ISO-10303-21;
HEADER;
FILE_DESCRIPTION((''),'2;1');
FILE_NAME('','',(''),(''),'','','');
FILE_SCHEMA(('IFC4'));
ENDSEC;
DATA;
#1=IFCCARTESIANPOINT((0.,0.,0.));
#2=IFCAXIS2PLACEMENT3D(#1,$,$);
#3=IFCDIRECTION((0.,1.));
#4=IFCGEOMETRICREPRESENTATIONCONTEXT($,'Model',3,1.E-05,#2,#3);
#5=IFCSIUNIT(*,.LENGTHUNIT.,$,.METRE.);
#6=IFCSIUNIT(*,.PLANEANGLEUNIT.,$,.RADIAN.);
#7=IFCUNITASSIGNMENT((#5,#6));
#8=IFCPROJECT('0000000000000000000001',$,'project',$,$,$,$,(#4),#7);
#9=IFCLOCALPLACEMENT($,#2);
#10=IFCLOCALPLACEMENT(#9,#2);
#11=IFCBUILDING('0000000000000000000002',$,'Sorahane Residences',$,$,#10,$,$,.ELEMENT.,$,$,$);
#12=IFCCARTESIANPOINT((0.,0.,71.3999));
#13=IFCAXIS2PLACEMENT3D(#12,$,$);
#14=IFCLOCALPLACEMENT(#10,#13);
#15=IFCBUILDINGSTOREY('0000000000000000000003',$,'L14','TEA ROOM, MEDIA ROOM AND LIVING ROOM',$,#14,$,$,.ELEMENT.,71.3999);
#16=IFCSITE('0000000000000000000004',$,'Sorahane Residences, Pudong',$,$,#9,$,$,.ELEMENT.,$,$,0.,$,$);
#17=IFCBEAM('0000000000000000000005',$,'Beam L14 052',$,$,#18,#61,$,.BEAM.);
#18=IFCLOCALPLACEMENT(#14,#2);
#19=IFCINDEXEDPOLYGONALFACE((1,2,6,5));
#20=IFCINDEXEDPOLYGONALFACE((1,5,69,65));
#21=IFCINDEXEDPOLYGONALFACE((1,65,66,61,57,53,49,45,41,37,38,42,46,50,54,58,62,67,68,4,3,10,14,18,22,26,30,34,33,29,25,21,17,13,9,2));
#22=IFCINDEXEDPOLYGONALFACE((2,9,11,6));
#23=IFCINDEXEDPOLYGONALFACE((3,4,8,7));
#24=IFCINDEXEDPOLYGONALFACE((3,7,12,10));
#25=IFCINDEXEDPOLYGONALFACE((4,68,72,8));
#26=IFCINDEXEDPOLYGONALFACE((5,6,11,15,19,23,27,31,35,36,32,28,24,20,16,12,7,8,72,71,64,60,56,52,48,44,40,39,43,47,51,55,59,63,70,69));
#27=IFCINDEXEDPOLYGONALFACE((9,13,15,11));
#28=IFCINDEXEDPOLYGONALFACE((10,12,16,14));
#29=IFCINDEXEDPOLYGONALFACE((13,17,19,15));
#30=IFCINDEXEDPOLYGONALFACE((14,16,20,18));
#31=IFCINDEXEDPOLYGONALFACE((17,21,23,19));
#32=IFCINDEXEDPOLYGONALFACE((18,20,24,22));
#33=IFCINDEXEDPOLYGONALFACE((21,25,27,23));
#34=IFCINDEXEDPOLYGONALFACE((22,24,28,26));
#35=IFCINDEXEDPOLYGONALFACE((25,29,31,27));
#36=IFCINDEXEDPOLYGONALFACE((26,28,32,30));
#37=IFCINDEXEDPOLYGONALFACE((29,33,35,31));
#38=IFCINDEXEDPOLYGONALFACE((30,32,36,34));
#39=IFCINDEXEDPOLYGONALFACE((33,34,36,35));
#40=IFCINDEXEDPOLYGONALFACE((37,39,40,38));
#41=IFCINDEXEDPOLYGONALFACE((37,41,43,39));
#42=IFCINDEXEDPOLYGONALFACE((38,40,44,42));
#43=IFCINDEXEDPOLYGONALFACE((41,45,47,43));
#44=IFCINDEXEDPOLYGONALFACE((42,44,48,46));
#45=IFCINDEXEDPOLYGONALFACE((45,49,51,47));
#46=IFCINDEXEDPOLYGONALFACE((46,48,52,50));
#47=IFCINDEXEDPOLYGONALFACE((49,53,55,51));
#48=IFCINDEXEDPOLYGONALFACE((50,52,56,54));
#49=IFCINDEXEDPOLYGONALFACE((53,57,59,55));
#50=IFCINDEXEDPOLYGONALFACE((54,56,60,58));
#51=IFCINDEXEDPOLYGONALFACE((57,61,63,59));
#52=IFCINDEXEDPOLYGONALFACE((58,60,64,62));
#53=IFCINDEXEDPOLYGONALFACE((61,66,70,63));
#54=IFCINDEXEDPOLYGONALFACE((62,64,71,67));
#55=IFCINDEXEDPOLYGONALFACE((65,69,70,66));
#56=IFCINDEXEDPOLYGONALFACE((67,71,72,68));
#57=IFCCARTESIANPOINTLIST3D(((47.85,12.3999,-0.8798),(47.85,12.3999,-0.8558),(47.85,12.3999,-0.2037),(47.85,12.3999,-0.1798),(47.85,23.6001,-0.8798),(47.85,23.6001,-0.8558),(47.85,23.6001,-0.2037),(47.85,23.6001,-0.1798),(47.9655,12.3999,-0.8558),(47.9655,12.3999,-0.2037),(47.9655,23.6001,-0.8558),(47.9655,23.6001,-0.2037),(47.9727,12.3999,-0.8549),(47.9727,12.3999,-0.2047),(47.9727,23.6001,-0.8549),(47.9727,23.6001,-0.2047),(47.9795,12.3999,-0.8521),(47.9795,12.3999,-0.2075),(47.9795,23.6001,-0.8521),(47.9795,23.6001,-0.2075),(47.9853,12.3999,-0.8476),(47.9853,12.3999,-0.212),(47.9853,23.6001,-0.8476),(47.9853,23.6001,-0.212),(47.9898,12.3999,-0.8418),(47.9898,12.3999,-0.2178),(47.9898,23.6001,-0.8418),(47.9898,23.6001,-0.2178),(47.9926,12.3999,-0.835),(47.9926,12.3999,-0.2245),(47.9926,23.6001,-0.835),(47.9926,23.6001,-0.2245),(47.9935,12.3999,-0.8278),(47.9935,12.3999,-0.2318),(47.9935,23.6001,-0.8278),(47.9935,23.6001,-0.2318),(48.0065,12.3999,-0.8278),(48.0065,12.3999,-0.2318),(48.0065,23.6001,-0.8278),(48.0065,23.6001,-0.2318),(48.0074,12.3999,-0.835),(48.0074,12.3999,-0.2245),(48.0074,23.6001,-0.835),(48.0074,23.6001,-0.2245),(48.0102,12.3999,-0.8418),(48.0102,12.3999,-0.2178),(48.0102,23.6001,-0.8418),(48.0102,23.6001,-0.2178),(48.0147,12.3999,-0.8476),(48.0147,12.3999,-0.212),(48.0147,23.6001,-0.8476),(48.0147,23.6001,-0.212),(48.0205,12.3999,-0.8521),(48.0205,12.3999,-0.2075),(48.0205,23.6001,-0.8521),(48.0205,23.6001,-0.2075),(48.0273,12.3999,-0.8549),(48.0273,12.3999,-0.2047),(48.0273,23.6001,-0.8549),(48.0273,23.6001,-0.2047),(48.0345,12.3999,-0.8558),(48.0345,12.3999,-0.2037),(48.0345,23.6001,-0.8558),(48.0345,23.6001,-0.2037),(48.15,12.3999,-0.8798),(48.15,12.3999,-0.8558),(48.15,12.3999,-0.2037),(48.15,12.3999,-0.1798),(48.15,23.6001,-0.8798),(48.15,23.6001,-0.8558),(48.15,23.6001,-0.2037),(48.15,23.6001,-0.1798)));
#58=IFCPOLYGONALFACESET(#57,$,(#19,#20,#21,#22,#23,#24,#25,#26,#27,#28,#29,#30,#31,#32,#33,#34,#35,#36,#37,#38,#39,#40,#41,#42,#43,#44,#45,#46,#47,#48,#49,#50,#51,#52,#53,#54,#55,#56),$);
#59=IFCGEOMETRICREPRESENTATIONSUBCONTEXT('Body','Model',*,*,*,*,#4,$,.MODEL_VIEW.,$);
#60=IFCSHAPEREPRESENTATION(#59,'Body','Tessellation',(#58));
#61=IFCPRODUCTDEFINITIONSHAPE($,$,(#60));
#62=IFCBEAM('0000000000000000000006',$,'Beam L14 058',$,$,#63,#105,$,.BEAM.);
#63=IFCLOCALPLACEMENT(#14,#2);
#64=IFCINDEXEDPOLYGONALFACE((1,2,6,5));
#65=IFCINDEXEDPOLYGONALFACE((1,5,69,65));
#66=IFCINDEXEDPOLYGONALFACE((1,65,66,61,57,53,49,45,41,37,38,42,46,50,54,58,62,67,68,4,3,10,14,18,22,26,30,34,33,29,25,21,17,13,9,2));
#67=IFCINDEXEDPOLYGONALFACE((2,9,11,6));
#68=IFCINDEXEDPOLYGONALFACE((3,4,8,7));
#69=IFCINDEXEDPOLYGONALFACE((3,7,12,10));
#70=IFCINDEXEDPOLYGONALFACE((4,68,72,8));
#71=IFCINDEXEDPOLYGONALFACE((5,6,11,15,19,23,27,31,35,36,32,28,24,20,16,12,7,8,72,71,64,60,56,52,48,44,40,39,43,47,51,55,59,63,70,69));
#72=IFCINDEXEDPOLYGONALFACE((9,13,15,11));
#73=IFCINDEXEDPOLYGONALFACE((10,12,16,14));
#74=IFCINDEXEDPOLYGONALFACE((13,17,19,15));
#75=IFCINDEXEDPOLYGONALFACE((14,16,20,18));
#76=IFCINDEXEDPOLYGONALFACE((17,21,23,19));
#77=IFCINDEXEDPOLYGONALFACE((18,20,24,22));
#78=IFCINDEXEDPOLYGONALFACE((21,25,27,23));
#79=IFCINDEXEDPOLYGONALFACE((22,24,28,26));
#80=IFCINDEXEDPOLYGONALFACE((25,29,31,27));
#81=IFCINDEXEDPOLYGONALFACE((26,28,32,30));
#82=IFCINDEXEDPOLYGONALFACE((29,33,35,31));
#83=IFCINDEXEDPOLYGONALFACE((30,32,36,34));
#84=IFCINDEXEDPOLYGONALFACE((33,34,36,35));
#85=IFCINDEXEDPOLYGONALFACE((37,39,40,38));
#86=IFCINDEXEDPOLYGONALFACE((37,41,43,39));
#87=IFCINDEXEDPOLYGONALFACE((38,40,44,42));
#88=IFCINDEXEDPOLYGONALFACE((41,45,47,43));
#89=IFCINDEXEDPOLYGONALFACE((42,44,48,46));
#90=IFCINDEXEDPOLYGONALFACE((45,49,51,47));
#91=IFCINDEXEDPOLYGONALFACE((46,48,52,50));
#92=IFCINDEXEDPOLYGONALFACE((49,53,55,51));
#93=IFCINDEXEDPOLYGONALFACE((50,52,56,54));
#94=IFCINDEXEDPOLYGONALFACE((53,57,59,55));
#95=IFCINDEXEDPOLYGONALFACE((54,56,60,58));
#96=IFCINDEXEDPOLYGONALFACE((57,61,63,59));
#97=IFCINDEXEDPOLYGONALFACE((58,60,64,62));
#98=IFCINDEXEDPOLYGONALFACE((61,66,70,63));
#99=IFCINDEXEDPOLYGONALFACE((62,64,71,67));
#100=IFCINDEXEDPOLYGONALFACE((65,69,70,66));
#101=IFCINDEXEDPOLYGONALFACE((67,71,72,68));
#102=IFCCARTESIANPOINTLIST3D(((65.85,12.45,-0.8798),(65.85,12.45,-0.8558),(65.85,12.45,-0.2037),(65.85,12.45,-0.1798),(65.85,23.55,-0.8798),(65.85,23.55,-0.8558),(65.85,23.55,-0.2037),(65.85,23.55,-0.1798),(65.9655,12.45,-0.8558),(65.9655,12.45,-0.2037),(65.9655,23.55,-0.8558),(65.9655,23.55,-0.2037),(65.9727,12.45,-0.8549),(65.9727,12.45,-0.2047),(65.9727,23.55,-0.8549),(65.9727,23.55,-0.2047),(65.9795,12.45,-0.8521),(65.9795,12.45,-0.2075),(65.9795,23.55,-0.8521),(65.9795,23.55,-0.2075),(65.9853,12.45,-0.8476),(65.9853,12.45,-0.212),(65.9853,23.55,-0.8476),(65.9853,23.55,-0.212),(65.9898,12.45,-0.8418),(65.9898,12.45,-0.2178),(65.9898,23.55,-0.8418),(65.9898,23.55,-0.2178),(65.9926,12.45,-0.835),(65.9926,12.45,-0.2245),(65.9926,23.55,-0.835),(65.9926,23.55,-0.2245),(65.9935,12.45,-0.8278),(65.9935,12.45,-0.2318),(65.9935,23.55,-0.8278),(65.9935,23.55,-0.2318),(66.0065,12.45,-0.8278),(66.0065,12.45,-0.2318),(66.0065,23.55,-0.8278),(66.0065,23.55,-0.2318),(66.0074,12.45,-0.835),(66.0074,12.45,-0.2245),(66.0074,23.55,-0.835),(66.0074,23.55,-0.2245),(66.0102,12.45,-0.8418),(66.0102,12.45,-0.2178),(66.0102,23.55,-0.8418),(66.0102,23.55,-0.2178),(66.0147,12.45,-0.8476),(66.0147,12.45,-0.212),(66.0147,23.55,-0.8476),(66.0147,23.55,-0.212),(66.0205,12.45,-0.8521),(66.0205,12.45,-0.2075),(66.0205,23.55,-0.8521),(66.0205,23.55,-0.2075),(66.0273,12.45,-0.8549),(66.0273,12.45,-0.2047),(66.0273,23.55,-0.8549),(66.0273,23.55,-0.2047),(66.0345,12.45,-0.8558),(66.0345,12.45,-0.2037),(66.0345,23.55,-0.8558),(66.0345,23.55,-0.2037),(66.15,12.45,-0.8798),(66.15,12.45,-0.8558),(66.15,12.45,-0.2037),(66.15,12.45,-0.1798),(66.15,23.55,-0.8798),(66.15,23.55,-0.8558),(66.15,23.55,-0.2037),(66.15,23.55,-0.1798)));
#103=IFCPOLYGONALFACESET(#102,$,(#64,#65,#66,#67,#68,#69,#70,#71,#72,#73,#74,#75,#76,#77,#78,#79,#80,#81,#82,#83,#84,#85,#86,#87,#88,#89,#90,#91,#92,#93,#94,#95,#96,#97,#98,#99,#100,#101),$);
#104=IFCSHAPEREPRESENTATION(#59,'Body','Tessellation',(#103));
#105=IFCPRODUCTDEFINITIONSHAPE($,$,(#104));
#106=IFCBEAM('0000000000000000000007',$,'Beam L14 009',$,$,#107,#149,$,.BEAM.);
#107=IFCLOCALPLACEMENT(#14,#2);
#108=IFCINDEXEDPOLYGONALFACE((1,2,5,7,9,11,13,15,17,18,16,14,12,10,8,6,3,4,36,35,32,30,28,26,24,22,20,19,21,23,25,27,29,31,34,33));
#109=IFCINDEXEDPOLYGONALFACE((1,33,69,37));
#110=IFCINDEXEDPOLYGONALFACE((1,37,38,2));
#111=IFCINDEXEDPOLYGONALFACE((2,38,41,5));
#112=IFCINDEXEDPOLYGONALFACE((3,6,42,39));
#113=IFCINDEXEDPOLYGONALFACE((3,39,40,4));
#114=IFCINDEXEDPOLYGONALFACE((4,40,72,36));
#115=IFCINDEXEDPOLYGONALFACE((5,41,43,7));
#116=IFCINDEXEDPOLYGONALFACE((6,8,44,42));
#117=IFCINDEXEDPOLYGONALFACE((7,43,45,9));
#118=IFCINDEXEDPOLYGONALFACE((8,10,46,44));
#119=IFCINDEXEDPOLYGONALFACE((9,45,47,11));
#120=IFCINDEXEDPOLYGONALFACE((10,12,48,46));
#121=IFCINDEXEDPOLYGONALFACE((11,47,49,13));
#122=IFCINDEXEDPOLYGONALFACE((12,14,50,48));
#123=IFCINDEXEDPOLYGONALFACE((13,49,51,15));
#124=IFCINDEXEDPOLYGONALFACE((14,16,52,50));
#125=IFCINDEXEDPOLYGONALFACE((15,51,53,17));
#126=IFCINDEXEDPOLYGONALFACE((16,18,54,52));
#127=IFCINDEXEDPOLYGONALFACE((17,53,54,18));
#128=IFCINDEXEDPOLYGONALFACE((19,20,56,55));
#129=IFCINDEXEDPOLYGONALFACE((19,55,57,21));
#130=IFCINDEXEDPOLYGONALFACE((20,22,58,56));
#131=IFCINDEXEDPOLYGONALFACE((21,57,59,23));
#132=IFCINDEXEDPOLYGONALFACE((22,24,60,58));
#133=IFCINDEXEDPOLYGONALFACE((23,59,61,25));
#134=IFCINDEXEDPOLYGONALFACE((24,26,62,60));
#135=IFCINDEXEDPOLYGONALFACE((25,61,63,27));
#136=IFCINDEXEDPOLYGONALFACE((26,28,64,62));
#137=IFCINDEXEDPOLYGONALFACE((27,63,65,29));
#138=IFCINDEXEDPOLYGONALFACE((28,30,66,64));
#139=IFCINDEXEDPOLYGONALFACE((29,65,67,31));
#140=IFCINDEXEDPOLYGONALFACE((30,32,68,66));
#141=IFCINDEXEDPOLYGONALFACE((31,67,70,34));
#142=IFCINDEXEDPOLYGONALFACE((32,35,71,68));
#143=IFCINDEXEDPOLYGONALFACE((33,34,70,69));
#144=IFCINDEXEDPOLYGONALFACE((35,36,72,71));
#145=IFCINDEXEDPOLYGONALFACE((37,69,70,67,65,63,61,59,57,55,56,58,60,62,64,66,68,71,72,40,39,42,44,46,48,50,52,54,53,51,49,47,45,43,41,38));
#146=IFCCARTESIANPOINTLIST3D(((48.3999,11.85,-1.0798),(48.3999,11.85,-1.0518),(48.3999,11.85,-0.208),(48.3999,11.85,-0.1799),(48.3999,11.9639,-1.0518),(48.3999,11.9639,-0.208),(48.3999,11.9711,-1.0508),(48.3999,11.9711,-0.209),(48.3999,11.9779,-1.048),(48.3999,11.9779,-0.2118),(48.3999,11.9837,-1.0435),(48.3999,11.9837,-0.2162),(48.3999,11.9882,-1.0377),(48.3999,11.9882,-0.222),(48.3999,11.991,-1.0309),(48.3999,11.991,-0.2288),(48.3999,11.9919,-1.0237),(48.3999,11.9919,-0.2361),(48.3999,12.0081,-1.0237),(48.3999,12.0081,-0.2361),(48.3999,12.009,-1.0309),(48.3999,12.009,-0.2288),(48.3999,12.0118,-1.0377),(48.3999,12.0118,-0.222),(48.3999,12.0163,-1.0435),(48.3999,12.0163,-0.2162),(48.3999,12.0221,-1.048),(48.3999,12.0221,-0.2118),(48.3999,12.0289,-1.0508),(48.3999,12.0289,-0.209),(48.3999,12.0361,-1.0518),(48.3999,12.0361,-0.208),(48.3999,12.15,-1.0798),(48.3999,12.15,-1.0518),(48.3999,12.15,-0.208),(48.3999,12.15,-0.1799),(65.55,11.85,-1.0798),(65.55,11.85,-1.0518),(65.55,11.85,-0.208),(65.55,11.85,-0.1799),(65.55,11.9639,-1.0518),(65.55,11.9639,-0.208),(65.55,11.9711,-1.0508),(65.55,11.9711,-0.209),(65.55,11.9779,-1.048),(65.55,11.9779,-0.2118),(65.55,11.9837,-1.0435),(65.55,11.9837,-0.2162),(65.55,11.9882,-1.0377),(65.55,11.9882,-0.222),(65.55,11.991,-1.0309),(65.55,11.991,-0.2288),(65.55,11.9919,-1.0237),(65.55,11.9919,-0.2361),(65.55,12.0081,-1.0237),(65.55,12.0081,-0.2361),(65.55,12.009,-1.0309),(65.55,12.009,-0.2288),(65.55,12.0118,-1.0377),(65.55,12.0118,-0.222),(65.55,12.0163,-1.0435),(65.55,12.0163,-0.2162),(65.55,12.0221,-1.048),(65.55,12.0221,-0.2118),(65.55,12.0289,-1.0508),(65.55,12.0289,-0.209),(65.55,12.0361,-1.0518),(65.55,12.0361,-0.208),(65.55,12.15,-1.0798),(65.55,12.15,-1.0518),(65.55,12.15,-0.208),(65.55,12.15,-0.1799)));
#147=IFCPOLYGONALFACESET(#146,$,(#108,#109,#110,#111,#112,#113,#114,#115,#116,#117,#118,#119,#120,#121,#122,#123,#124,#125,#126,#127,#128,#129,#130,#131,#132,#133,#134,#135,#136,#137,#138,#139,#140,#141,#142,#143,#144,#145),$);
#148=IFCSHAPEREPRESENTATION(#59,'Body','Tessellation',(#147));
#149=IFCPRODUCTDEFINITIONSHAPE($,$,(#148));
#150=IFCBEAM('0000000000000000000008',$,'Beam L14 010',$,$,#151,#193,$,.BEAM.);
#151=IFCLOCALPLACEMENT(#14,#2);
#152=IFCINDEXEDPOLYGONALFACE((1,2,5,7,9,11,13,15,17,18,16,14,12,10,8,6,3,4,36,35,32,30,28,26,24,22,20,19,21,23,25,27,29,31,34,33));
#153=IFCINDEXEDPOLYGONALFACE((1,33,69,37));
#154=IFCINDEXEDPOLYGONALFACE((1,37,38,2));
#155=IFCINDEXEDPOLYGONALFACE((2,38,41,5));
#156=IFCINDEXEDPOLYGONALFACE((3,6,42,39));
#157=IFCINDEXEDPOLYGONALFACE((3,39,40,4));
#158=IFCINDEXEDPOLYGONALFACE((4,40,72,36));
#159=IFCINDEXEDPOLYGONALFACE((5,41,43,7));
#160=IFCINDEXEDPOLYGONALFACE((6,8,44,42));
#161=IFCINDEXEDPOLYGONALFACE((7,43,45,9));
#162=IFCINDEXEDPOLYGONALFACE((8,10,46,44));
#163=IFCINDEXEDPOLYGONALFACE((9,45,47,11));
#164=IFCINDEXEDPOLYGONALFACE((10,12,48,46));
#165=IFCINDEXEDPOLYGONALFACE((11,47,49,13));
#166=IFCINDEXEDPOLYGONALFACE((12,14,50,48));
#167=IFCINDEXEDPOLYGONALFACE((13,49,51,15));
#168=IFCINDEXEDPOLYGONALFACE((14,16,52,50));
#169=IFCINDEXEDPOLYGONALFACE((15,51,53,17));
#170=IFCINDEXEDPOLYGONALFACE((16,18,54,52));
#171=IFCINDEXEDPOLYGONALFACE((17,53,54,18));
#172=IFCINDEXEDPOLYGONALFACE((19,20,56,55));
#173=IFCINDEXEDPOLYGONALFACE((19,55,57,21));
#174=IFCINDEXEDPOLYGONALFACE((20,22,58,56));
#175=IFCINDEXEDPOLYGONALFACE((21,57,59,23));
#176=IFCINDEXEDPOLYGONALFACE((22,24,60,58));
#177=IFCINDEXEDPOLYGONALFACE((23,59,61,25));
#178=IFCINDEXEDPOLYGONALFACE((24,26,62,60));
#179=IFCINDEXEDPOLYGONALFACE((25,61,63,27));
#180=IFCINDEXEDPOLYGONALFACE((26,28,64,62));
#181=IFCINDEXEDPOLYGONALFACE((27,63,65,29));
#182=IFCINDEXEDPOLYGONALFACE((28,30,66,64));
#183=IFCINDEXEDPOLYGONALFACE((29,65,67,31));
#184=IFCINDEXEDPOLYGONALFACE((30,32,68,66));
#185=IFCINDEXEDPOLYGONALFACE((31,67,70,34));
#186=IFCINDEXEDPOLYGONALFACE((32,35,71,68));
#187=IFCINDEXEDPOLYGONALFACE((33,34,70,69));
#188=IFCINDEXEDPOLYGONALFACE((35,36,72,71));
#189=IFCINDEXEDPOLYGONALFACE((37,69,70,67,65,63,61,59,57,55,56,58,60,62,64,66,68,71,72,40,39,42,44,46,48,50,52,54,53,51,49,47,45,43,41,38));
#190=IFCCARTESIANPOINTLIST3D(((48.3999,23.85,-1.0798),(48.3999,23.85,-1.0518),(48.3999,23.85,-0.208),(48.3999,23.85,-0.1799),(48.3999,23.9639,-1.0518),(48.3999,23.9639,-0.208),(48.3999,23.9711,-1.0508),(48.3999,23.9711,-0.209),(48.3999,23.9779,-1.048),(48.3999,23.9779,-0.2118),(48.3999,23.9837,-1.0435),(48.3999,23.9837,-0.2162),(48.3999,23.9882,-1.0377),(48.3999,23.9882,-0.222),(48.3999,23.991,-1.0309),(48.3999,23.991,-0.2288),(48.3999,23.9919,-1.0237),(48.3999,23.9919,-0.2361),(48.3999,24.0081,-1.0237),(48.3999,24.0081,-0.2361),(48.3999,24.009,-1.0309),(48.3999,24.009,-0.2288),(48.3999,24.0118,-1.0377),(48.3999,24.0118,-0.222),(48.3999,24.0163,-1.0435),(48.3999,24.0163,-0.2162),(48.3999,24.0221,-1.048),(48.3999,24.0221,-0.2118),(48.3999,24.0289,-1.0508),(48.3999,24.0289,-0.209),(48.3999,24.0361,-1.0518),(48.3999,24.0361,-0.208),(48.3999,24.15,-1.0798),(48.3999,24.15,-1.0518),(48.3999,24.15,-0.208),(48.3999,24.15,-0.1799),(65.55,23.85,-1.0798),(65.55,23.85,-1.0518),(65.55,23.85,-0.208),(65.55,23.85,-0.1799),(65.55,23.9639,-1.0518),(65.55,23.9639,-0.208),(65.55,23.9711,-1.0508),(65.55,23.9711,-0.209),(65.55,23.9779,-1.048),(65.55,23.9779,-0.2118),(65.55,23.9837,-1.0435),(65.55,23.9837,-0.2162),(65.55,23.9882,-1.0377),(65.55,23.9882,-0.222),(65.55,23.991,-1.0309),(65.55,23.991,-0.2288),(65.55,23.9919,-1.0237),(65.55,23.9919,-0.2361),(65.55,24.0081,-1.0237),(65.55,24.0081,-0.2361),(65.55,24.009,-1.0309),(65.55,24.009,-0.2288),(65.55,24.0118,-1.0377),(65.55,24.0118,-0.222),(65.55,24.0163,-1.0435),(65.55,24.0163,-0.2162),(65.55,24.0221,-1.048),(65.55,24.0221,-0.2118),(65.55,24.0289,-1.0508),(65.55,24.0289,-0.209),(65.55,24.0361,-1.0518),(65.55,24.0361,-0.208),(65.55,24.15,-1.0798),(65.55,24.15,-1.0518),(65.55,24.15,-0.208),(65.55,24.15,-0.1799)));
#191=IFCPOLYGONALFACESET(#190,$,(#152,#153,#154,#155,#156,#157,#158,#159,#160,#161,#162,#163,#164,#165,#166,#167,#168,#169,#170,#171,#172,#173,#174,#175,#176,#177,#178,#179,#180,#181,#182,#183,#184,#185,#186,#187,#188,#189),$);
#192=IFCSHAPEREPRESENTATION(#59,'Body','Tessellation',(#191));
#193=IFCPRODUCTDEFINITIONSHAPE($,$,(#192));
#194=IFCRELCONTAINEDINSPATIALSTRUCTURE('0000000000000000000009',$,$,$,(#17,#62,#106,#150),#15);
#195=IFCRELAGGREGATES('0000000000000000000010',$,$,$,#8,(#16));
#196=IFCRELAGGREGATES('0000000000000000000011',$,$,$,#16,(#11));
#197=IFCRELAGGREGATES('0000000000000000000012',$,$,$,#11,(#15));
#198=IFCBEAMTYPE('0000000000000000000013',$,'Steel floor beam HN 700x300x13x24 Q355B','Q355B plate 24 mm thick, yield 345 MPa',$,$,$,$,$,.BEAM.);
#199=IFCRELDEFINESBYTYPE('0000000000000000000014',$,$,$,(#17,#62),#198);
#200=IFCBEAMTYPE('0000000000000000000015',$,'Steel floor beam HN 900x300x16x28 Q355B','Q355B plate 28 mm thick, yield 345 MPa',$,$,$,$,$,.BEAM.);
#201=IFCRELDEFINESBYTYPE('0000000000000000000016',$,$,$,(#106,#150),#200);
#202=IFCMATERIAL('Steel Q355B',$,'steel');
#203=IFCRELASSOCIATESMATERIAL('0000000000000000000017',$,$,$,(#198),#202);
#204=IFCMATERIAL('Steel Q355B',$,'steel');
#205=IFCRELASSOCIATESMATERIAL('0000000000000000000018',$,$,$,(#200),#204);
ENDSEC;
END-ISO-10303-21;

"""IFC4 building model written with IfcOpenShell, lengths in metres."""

from ifc_helpers import new_model, si_unit, direction, frame, origin, origin_2d, place, context, subcontext, project, spatial, i_section, extrude, material, material_profile, profile_set, type_object, element, save


model = new_model("IFC4")

# Units and contexts
model_context = context("Model", 3, precision=1e-05, world=origin(), true_north=direction((0.0, 1.0)))
body_context = subcontext(model_context, "Body", "Model", "MODEL_VIEW")
ifc_project = project(units=[si_unit("LENGTHUNIT", "METRE"), si_unit("PLANEANGLEUNIT", "RADIAN")], contexts=[model_context])

# Site, building, storey
site_placement = place(None, origin())
site = spatial("IfcSite", under=ifc_project, at=site_placement, Name="Sorahane Residences, Pudong", CompositionType="ELEMENT", RefElevation=0.0)
building_placement = place(site_placement, origin())
building = spatial("IfcBuilding", under=site, at=building_placement, Name="Sorahane Residences", CompositionType="ELEMENT")
storey_placement = place(building_placement, frame((0.0, 0.0, 71.3999)))
storey = spatial("IfcBuildingStorey", under=building, at=storey_placement, Name="L14", Description="TEA ROOM, MEDIA ROOM AND LIVING ROOM", CompositionType="ELEMENT", Elevation=71.3999)

# Beams
ifc_material_1 = material(Name="Steel Q355B", Category="steel")
ifc_material_profile_1 = material_profile(ifc_material_1, i_section(OverallWidth=0.3, OverallDepth=0.7, WebThickness=0.0129, FlangeThickness=0.0239, FilletRadius=0.0281, at=origin_2d()), Name="HN 700x300x13x24")
ifc_profile_set_1 = profile_set([ifc_material_profile_1], Name="Steel Q355B")
beam_type_1 = type_object("IfcBeamType", Name="Steel floor beam HN 700x300x13x24 Q355B", Description="Q355B plate 24 mm thick, yield 345 MPa", PredefinedType="BEAM", material=ifc_profile_set_1)
beam_1_placement = place(storey_placement, frame((48.0, 12.3999, -0.5298), z_axis=(0.0, 1.0, 0.0), x_axis=(-1.0, 0.0, 0.0)))
element("IfcBeam", 1, at=beam_1_placement, inside=storey, type_object=beam_type_1, Name="Beam L14 052", PredefinedType="BEAM", context=body_context, shape_type="SweptSolid", body=[
    extrude(i_section(OverallWidth=0.3, OverallDepth=0.7, WebThickness=0.0129, FlangeThickness=0.0239, FilletRadius=0.0281, at=origin_2d()), origin(), (0.0, 0.0, 1.0), 11.2002),
])
beam_2_placement = place(storey_placement, frame((66.0, 12.45, -0.5298), z_axis=(0.0, 1.0, 0.0), x_axis=(-1.0, 0.0, 0.0)))
element("IfcBeam", 2, at=beam_2_placement, inside=storey, type_object=beam_type_1, Name="Beam L14 058", PredefinedType="BEAM", context=body_context, shape_type="SweptSolid", body=[
    extrude(i_section(OverallWidth=0.3, OverallDepth=0.7, WebThickness=0.0129, FlangeThickness=0.0239, FilletRadius=0.0281, at=origin_2d()), origin(), (0.0, 0.0, 1.0), 11.1001),
])
ifc_material_2 = material(Name="Steel Q355B", Category="steel")
ifc_material_profile_2 = material_profile(ifc_material_2, i_section(OverallWidth=0.3, OverallDepth=0.8999, WebThickness=0.0161, FlangeThickness=0.0281, FilletRadius=0.0281, at=origin_2d()), Name="HN 900x300x16x28")
ifc_profile_set_2 = profile_set([ifc_material_profile_2], Name="Steel Q355B")
beam_type_2 = type_object("IfcBeamType", Name="Steel floor beam HN 900x300x16x28 Q355B", Description="Q355B plate 28 mm thick, yield 345 MPa", PredefinedType="BEAM", material=ifc_profile_set_2)
for number, where, z_axis, x_axis, name in (
    (3, (48.3999, 12.0, -0.6299), (1.0, 0.0, 0.0), (0.0, 1.0, 0.0), "Beam L14 009"),
    (4, (48.3999, 24.0, -0.6299), (1.0, 0.0, 0.0), (0.0, 1.0, 0.0), "Beam L14 010"),
):
    element("IfcBeam", number, at=place(storey_placement, frame(where, z_axis=z_axis, x_axis=x_axis)), inside=storey, type_object=beam_type_2, Name=name, PredefinedType="BEAM", context=body_context, shape_type="SweptSolid", body=[
        extrude(i_section(OverallWidth=0.3, OverallDepth=0.8999, WebThickness=0.0161, FlangeThickness=0.0281, FilletRadius=0.0281, at=origin_2d()), origin(), (0.0, 0.0, 1.0), 17.1501),
    ])

save(model, "model.ifc")
